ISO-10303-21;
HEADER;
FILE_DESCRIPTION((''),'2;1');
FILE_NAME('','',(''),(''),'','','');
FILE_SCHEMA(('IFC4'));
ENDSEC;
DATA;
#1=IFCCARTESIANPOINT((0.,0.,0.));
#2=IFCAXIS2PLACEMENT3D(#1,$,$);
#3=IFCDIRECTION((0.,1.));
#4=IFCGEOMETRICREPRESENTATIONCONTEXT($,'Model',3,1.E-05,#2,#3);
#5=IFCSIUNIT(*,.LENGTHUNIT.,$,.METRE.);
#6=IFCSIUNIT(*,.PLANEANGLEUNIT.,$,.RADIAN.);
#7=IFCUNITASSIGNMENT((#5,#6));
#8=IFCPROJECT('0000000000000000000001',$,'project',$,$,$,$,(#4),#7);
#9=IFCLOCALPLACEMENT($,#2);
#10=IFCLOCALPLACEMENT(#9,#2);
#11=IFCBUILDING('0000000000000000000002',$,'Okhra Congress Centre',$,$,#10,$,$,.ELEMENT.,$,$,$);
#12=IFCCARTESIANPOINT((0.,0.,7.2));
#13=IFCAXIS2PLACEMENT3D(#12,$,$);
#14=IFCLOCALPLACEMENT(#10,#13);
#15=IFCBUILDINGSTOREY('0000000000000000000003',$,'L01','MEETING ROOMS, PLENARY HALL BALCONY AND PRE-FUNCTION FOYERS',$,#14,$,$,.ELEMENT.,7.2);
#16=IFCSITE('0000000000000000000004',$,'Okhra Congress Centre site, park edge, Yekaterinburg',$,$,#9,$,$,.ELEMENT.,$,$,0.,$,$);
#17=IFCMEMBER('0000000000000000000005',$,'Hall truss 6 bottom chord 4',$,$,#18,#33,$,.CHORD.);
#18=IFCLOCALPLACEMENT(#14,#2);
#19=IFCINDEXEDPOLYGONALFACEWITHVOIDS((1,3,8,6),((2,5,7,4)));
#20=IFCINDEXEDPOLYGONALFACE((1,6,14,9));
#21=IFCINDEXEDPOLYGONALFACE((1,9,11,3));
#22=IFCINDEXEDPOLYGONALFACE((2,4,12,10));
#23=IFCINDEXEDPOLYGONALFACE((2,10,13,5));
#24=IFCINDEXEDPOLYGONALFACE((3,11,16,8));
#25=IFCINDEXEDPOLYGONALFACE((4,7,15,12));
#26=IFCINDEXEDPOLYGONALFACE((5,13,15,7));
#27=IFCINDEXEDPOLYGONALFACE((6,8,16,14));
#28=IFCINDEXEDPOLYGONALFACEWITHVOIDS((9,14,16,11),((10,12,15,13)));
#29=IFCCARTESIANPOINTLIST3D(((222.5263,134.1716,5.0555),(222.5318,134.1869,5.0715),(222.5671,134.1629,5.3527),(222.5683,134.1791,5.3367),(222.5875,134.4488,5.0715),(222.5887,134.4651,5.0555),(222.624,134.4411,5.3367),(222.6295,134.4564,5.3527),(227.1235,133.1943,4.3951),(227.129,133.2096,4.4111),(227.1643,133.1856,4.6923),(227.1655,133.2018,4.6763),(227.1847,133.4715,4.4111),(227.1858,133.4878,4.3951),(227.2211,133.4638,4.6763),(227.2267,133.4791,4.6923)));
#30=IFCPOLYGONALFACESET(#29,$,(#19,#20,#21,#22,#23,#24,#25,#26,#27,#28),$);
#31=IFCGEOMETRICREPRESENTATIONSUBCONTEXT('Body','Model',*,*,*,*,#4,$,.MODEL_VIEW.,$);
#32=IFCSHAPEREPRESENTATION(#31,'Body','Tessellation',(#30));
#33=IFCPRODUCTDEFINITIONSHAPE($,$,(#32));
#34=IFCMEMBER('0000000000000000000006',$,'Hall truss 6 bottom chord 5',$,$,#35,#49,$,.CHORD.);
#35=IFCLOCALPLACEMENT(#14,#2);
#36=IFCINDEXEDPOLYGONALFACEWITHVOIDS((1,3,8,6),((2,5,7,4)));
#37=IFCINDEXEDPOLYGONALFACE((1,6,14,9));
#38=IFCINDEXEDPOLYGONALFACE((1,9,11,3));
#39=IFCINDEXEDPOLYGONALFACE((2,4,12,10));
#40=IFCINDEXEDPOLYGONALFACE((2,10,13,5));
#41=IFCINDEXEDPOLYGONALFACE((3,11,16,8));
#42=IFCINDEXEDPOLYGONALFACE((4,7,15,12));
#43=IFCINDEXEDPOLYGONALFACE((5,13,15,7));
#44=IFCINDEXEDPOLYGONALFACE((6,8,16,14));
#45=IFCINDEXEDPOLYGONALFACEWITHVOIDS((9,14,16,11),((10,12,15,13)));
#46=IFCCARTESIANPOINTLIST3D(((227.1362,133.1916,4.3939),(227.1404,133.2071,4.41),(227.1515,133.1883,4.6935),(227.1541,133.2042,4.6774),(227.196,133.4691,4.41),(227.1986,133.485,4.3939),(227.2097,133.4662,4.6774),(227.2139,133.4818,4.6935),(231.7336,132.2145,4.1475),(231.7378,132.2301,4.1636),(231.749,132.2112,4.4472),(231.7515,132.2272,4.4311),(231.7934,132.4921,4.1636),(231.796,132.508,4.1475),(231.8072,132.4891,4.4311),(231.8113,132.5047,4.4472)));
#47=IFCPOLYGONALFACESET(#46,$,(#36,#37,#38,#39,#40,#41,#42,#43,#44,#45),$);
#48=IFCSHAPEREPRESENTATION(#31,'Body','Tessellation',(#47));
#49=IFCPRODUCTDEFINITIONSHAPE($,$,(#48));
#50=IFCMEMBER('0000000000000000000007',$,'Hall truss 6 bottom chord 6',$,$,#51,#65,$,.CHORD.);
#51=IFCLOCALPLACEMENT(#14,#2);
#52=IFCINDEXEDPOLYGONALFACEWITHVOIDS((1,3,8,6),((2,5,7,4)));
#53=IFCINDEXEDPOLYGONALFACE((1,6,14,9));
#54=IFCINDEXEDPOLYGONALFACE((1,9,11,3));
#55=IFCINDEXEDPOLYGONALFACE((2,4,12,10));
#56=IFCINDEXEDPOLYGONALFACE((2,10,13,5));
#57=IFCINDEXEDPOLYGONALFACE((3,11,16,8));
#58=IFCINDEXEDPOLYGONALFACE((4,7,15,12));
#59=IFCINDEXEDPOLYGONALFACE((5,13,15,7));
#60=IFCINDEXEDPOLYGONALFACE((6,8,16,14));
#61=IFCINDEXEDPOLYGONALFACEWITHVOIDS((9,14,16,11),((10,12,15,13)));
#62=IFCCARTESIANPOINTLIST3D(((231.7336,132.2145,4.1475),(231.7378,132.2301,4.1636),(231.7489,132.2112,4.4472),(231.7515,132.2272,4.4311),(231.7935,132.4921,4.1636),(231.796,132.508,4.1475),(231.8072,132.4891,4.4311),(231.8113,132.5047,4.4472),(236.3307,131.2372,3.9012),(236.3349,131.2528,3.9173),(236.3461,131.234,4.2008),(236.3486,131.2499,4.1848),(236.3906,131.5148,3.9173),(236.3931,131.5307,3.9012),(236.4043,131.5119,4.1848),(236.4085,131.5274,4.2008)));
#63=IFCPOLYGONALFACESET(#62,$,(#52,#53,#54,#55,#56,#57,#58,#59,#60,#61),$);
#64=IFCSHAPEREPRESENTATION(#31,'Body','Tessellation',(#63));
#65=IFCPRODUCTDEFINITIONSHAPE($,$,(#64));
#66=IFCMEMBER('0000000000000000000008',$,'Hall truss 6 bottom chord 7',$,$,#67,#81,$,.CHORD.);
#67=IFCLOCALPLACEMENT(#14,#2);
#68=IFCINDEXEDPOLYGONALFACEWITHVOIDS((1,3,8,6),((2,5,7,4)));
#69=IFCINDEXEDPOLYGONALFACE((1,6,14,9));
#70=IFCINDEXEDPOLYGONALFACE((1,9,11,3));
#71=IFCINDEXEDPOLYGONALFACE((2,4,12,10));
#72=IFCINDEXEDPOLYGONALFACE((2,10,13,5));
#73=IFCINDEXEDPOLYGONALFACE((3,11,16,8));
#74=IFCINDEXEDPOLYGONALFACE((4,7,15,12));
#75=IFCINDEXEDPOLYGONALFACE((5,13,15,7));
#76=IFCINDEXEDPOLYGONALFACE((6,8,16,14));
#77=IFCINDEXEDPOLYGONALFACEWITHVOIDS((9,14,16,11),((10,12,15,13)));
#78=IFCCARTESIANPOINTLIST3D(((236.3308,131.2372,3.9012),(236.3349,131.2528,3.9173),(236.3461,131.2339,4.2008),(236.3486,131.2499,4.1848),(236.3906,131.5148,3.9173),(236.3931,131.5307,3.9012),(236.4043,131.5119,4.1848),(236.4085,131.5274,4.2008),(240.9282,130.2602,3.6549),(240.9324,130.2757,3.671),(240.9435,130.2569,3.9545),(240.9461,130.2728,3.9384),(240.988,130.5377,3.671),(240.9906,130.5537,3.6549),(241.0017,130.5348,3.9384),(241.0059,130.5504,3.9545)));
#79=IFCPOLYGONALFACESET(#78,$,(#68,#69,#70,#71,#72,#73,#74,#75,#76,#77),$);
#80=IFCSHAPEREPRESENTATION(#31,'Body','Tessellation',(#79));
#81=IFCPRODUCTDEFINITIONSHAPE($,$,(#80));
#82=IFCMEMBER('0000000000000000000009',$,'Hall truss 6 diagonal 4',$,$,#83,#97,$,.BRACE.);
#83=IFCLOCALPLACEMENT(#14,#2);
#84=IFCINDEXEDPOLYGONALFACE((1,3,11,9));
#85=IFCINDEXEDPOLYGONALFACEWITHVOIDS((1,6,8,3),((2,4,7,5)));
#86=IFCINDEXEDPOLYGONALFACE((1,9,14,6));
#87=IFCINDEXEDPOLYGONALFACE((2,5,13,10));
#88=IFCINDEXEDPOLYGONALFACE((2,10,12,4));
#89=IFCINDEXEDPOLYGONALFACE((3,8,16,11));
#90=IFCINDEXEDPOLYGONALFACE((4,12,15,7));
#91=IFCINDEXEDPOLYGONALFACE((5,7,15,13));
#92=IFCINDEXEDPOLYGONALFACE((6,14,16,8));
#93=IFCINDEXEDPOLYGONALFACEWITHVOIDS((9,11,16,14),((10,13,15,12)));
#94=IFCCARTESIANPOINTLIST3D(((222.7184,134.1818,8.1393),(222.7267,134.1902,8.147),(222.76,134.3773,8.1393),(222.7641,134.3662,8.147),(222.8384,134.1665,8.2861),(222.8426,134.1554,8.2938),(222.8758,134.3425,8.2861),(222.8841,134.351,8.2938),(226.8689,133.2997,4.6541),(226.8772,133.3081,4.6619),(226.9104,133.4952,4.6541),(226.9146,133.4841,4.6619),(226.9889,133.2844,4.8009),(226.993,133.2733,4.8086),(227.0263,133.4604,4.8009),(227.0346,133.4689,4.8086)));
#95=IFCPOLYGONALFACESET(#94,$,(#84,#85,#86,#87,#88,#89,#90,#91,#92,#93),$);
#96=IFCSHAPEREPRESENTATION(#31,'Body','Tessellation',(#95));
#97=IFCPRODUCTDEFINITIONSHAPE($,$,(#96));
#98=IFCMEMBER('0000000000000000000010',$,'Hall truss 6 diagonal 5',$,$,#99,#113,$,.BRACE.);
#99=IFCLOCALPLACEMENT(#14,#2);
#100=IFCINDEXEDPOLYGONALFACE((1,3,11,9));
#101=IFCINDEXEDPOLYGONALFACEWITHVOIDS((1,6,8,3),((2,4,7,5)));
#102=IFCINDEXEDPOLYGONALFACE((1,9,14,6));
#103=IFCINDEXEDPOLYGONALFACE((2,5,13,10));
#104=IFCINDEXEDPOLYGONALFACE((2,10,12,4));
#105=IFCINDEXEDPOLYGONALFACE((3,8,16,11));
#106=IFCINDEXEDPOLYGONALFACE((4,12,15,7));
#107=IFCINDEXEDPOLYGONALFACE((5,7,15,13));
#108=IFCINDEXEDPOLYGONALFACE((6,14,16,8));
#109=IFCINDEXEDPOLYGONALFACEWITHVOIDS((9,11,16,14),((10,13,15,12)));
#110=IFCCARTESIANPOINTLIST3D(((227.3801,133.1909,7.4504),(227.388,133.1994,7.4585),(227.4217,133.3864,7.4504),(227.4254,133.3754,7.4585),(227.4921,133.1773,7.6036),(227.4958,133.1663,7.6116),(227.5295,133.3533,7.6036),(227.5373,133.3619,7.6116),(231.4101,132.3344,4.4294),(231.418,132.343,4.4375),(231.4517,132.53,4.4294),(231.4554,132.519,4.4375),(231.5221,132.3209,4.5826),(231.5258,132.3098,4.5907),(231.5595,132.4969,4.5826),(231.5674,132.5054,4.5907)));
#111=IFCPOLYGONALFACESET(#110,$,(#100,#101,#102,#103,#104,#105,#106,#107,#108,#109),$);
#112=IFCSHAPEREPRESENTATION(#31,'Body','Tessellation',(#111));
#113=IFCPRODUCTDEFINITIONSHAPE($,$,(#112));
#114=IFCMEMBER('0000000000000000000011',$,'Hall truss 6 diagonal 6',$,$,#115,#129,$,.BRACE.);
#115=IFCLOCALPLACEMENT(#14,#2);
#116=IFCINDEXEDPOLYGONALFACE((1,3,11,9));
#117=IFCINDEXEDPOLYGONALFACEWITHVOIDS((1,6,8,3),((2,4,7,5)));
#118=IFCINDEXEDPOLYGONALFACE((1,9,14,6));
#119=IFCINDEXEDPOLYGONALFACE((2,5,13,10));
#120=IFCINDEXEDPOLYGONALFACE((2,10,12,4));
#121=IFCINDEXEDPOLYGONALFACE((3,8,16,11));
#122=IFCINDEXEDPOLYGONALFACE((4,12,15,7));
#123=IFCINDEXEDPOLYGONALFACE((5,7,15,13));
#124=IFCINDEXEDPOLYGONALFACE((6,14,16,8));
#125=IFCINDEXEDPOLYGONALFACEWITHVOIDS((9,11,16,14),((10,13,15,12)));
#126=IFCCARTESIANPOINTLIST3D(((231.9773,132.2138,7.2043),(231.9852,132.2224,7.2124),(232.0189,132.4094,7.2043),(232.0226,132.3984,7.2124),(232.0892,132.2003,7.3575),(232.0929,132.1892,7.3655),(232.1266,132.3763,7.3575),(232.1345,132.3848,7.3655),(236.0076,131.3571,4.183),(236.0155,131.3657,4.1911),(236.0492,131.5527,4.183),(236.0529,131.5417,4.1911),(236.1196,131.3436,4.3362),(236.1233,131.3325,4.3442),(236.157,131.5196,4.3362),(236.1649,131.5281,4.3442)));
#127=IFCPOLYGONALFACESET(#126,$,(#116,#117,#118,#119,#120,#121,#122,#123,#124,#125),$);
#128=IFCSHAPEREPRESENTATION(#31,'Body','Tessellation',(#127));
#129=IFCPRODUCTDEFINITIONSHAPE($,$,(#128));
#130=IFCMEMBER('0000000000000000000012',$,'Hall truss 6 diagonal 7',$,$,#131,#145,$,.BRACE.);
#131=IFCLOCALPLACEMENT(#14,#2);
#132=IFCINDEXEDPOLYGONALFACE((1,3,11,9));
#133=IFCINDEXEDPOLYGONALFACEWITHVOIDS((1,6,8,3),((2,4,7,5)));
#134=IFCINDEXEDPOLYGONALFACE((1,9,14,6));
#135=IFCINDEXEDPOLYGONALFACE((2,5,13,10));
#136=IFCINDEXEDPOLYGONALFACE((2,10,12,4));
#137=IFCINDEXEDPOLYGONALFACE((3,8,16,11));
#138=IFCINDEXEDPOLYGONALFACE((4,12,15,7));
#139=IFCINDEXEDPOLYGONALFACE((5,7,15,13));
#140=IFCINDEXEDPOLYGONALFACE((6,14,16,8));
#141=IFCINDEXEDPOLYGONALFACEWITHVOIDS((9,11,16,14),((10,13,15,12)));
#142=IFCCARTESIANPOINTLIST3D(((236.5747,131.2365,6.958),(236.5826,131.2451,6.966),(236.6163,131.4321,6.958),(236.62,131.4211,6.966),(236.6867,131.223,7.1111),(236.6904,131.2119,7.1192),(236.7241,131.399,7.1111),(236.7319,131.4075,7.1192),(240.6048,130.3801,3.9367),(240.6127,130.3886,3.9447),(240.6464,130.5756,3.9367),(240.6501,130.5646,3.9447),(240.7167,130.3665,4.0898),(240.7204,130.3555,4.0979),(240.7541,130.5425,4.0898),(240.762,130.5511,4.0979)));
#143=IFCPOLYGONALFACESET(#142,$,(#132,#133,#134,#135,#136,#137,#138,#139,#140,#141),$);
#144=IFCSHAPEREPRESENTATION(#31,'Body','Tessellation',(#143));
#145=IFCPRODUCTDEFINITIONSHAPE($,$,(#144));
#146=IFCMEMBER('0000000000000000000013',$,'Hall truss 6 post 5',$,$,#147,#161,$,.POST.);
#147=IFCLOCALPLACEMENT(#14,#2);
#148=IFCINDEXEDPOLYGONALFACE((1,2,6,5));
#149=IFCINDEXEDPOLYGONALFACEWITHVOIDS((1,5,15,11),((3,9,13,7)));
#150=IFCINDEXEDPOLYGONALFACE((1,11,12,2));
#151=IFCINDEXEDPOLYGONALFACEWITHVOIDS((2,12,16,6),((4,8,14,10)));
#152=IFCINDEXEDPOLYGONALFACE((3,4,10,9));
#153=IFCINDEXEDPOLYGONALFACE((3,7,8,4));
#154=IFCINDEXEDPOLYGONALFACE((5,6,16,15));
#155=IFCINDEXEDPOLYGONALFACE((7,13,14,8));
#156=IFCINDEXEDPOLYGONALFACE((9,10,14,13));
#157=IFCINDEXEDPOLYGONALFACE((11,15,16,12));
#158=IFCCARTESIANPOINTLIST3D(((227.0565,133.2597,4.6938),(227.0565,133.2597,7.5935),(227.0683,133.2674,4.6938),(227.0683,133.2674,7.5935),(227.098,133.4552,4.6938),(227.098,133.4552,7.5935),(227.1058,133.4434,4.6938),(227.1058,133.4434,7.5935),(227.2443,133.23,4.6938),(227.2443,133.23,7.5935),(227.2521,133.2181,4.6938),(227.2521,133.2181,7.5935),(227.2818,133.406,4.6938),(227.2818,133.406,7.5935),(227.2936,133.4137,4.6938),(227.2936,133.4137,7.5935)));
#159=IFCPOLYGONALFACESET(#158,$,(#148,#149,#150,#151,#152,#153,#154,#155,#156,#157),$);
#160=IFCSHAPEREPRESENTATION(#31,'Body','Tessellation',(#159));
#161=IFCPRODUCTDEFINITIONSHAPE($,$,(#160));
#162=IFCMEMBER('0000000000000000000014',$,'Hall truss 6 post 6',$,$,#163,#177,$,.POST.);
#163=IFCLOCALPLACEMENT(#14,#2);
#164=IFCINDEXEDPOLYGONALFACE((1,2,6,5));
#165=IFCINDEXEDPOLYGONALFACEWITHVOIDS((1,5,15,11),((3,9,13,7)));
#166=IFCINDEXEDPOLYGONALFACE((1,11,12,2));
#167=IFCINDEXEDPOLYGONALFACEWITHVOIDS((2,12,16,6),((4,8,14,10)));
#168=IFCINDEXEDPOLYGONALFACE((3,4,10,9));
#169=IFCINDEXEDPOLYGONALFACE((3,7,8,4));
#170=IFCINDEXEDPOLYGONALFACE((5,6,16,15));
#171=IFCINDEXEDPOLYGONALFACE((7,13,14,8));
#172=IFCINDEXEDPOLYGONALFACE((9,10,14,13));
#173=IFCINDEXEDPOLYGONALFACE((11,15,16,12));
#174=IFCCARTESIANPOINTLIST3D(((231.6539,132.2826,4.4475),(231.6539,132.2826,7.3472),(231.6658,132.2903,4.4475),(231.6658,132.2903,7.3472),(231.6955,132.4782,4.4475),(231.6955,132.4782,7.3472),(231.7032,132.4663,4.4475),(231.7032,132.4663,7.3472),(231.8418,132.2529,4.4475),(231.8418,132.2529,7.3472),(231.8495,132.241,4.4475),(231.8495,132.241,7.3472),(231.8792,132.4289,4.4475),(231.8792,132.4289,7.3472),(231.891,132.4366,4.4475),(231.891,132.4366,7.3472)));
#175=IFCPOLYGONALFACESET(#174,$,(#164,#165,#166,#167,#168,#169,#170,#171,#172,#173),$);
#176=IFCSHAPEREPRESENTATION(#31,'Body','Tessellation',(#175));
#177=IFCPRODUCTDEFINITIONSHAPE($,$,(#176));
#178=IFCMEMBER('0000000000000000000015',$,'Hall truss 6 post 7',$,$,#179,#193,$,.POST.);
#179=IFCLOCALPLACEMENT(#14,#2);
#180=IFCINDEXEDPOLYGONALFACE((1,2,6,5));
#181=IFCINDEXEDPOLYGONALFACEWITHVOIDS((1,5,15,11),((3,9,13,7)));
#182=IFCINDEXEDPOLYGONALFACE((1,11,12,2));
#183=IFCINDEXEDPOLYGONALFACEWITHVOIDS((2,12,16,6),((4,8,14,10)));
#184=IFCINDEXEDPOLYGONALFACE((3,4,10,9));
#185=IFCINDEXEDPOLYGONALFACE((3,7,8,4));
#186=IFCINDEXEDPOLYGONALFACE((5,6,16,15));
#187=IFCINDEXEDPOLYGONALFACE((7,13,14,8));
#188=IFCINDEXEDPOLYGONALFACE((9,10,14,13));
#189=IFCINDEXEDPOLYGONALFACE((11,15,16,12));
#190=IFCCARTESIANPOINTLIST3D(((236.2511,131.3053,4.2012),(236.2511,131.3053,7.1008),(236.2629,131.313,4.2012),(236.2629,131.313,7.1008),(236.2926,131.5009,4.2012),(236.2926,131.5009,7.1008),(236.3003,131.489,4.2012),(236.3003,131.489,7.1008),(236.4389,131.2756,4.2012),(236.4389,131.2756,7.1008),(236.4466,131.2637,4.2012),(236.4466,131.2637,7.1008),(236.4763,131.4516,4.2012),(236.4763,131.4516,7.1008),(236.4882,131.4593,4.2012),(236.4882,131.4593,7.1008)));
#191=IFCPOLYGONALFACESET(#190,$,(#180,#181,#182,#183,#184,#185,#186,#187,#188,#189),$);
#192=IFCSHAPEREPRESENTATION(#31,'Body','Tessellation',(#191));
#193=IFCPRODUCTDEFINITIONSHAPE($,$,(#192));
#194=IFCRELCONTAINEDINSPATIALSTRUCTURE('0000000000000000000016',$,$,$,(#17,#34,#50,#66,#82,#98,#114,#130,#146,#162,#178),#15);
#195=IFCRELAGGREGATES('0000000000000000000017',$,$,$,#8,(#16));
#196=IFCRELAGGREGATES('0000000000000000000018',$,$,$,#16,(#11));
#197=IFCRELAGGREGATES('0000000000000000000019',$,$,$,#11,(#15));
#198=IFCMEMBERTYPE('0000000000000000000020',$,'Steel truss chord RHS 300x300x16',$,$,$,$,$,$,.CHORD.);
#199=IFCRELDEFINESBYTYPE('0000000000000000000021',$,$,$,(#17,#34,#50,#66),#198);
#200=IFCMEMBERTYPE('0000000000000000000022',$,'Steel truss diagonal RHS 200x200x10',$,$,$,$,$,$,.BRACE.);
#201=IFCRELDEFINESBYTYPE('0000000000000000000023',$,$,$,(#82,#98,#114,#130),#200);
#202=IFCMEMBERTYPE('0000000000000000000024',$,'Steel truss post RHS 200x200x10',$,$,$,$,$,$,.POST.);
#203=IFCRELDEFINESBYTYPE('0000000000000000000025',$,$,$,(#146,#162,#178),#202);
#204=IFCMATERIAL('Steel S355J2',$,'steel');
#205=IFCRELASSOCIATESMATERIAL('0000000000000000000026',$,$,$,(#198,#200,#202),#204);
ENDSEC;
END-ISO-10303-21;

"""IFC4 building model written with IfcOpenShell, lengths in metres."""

from ifc_helpers import new_model, si_unit, direction, frame, origin, origin_2d, place, context, subcontext, project, spatial, hollow_rectangle, extrude, material, material_profile, profile_set, type_object, element, save


model = new_model("IFC4")

# Units and contexts
model_context = context("Model", 3, precision=1e-05, world=origin(), true_north=direction((0.0, 1.0)))
body_context = subcontext(model_context, "Body", "Model", "MODEL_VIEW")
ifc_project = project(units=[si_unit("LENGTHUNIT", "METRE"), si_unit("PLANEANGLEUNIT", "RADIAN")], contexts=[model_context])

# Site, building, storey
site_placement = place(None, origin())
site = spatial("IfcSite", under=ifc_project, at=site_placement, Name="Okhra Congress Centre site, park edge, Yekaterinburg", CompositionType="ELEMENT", RefElevation=0.0)
building_placement = place(site_placement, origin())
building = spatial("IfcBuilding", under=site, at=building_placement, Name="Okhra Congress Centre", CompositionType="ELEMENT")
storey_placement = place(building_placement, frame((0.0, 0.0, 7.2)))
storey = spatial("IfcBuildingStorey", under=building, at=storey_placement, Name="L01", Description="MEETING ROOMS, PLENARY HALL BALCONY AND PRE-FUNCTION FOYERS", CompositionType="ELEMENT", Elevation=7.2)

# Members
ifc_material_1 = material(Name="Steel S355J2", Category="steel")
ifc_material_profile_1 = material_profile(ifc_material_1, hollow_rectangle(XDim=0.3, YDim=0.3, WallThickness=0.0161, at=origin_2d()), Name="RHS 300x300x16")
ifc_profile_set_1 = profile_set([ifc_material_profile_1], Name="Steel S355J2")
member_type_1 = type_object("IfcMemberType", Name="Steel truss chord RHS 300x300x16", PredefinedType="CHORD", material=ifc_profile_set_1)
member_1_placement = place(storey_placement, frame((222.5779, 134.314, 5.2041), z_axis=(0.968626, -0.205917, -0.139147), x_axis=(0.20794, 0.978142, 0.0)))
element("IfcMember", 1, at=member_1_placement, inside=storey, type_object=member_type_1, Name="Hall truss 6 bottom chord 4", PredefinedType="CHORD", context=body_context, shape_type="SweptSolid", body=[
    extrude(hollow_rectangle(XDim=0.3, YDim=0.3, WallThickness=0.0161, at=origin_2d()), origin(), (0.0, 0.0, 1.0), 4.7461),
])
member_2_placement = place(storey_placement, frame((227.175, 133.3367, 4.5437), z_axis=(0.976814, -0.207594, -0.052339), x_axis=(0.207879, 0.978154, 0.0)))
element("IfcMember", 2, at=member_2_placement, inside=storey, type_object=member_type_1, Name="Hall truss 6 bottom chord 5", PredefinedType="CHORD", context=body_context, shape_type="SweptSolid", body=[
    extrude(hollow_rectangle(XDim=0.3, YDim=0.3, WallThickness=0.0161, at=origin_2d()), origin(), (0.0, 0.0, 1.0), 4.7065),
])
member_3_placement = place(storey_placement, frame((231.7725, 132.3596, 4.2974), z_axis=(0.976801, -0.207654, -0.052342), x_axis=(0.20794, 0.978142, 0.0)))
element("IfcMember", 3, at=member_3_placement, inside=storey, type_object=member_type_1, Name="Hall truss 6 bottom chord 6", PredefinedType="CHORD", context=body_context, shape_type="SweptSolid", body=[
    extrude(hollow_rectangle(XDim=0.3, YDim=0.3, WallThickness=0.0161, at=origin_2d()), origin(), (0.0, 0.0, 1.0), 4.7063),
])
member_4_placement = place(storey_placement, frame((236.3696, 131.3823, 4.051), z_axis=(0.976814, -0.207594, -0.052339), x_axis=(0.207879, 0.978154, 0.0)))
element("IfcMember", 4, at=member_4_placement, inside=storey, type_object=member_type_1, Name="Hall truss 6 bottom chord 7", PredefinedType="CHORD", context=body_context, shape_type="SweptSolid", body=[
    extrude(hollow_rectangle(XDim=0.3, YDim=0.3, WallThickness=0.0161, at=origin_2d()), origin(), (0.0, 0.0, 1.0), 4.7065),
])
ifc_material_profile_2 = material_profile(ifc_material_1, hollow_rectangle(XDim=0.2, YDim=0.2, WallThickness=0.01, at=origin_2d()), Name="RHS 200x200x10 diagonal")
ifc_profile_set_2 = profile_set([ifc_material_profile_2], Name="Steel S355J2")
member_type_2 = type_object("IfcMemberType", Name="Steel truss diagonal RHS 200x200x10", PredefinedType="BRACE", material=ifc_profile_set_2)
member_5_placement = place(storey_placement, frame((222.8013, 134.2664, 8.2166), z_axis=(0.75587, -0.160645, -0.634708), x_axis=(0.207886, 0.978153, 0.0)))
element("IfcMember", 5, at=member_5_placement, inside=storey, type_object=member_type_2, Name="Hall truss 6 diagonal 4", PredefinedType="BRACE", context=body_context, shape_type="SweptSolid", body=[
    extrude(hollow_rectangle(XDim=0.2, YDim=0.2, WallThickness=0.01, at=origin_2d()), origin(), (0.0, 0.0, 1.0), 5.491),
])
member_6_placement = place(storey_placement, frame((227.4587, 133.2764, 7.531), z_axis=(0.788822, -0.167637, -0.591318), x_axis=(0.207874, 0.978156, 0.0)))
element("IfcMember", 6, at=member_6_placement, inside=storey, type_object=member_type_2, Name="Hall truss 6 diagonal 5", PredefinedType="BRACE", context=body_context, shape_type="SweptSolid", body=[
    extrude(hollow_rectangle(XDim=0.2, YDim=0.2, WallThickness=0.01, at=origin_2d()), origin(), (0.0, 0.0, 1.0), 5.1089),
])
member_7_placement = place(storey_placement, frame((232.0559, 132.2993, 7.2849), z_axis=(0.788812, -0.167673, -0.591322), x_axis=(0.207918, 0.978146, 0.0)))
element("IfcMember", 7, at=member_7_placement, inside=storey, type_object=member_type_2, Name="Hall truss 6 diagonal 6", PredefinedType="BRACE", context=body_context, shape_type="SweptSolid", body=[
    extrude(hollow_rectangle(XDim=0.2, YDim=0.2, WallThickness=0.01, at=origin_2d()), origin(), (0.0, 0.0, 1.0), 5.1094),
])
member_8_placement = place(storey_placement, frame((236.6533, 131.322, 7.0386), z_axis=(0.7888, -0.167633, -0.591349), x_axis=(0.207874, 0.978156, 0.0)))
element("IfcMember", 8, at=member_8_placement, inside=storey, type_object=member_type_2, Name="Hall truss 6 diagonal 7", PredefinedType="BRACE", context=body_context, shape_type="SweptSolid", body=[
    extrude(hollow_rectangle(XDim=0.2, YDim=0.2, WallThickness=0.01, at=origin_2d()), origin(), (0.0, 0.0, 1.0), 5.1091),
])
ifc_material_profile_3 = material_profile(ifc_material_1, hollow_rectangle(XDim=0.2, YDim=0.2, WallThickness=0.01, at=origin_2d()), Name="RHS 200x200x10")
ifc_profile_set_3 = profile_set([ifc_material_profile_3], Name="Steel S355J2")
member_type_3 = type_object("IfcMemberType", Name="Steel truss post RHS 200x200x10", PredefinedType="POST", material=ifc_profile_set_3)
for number, where, z_axis, x_axis, name in (
    (9, (227.175, 133.3367, 4.6938), (0.0, 0.0, 1.0), (0.978148, -0.207912, 0.0), "Hall truss 6 post 5"),
    (10, (231.7725, 132.3596, 4.4475), (0.0, 0.0, 1.0), (0.978148, -0.207912, 0.0), "Hall truss 6 post 6"),
    (11, (236.3696, 131.3823, 4.2012), (0.0, 0.0, 1.0), (0.978148, -0.207912, 0.0), "Hall truss 6 post 7"),
):
    element("IfcMember", number, at=place(storey_placement, frame(where, z_axis=z_axis, x_axis=x_axis)), inside=storey, type_object=member_type_3, Name=name, PredefinedType="POST", context=body_context, shape_type="SweptSolid", body=[
        extrude(hollow_rectangle(XDim=0.2, YDim=0.2, WallThickness=0.01, at=origin_2d()), origin(), (0.0, 0.0, 1.0), 2.8997),
    ])

save(model, "model.ifc")
